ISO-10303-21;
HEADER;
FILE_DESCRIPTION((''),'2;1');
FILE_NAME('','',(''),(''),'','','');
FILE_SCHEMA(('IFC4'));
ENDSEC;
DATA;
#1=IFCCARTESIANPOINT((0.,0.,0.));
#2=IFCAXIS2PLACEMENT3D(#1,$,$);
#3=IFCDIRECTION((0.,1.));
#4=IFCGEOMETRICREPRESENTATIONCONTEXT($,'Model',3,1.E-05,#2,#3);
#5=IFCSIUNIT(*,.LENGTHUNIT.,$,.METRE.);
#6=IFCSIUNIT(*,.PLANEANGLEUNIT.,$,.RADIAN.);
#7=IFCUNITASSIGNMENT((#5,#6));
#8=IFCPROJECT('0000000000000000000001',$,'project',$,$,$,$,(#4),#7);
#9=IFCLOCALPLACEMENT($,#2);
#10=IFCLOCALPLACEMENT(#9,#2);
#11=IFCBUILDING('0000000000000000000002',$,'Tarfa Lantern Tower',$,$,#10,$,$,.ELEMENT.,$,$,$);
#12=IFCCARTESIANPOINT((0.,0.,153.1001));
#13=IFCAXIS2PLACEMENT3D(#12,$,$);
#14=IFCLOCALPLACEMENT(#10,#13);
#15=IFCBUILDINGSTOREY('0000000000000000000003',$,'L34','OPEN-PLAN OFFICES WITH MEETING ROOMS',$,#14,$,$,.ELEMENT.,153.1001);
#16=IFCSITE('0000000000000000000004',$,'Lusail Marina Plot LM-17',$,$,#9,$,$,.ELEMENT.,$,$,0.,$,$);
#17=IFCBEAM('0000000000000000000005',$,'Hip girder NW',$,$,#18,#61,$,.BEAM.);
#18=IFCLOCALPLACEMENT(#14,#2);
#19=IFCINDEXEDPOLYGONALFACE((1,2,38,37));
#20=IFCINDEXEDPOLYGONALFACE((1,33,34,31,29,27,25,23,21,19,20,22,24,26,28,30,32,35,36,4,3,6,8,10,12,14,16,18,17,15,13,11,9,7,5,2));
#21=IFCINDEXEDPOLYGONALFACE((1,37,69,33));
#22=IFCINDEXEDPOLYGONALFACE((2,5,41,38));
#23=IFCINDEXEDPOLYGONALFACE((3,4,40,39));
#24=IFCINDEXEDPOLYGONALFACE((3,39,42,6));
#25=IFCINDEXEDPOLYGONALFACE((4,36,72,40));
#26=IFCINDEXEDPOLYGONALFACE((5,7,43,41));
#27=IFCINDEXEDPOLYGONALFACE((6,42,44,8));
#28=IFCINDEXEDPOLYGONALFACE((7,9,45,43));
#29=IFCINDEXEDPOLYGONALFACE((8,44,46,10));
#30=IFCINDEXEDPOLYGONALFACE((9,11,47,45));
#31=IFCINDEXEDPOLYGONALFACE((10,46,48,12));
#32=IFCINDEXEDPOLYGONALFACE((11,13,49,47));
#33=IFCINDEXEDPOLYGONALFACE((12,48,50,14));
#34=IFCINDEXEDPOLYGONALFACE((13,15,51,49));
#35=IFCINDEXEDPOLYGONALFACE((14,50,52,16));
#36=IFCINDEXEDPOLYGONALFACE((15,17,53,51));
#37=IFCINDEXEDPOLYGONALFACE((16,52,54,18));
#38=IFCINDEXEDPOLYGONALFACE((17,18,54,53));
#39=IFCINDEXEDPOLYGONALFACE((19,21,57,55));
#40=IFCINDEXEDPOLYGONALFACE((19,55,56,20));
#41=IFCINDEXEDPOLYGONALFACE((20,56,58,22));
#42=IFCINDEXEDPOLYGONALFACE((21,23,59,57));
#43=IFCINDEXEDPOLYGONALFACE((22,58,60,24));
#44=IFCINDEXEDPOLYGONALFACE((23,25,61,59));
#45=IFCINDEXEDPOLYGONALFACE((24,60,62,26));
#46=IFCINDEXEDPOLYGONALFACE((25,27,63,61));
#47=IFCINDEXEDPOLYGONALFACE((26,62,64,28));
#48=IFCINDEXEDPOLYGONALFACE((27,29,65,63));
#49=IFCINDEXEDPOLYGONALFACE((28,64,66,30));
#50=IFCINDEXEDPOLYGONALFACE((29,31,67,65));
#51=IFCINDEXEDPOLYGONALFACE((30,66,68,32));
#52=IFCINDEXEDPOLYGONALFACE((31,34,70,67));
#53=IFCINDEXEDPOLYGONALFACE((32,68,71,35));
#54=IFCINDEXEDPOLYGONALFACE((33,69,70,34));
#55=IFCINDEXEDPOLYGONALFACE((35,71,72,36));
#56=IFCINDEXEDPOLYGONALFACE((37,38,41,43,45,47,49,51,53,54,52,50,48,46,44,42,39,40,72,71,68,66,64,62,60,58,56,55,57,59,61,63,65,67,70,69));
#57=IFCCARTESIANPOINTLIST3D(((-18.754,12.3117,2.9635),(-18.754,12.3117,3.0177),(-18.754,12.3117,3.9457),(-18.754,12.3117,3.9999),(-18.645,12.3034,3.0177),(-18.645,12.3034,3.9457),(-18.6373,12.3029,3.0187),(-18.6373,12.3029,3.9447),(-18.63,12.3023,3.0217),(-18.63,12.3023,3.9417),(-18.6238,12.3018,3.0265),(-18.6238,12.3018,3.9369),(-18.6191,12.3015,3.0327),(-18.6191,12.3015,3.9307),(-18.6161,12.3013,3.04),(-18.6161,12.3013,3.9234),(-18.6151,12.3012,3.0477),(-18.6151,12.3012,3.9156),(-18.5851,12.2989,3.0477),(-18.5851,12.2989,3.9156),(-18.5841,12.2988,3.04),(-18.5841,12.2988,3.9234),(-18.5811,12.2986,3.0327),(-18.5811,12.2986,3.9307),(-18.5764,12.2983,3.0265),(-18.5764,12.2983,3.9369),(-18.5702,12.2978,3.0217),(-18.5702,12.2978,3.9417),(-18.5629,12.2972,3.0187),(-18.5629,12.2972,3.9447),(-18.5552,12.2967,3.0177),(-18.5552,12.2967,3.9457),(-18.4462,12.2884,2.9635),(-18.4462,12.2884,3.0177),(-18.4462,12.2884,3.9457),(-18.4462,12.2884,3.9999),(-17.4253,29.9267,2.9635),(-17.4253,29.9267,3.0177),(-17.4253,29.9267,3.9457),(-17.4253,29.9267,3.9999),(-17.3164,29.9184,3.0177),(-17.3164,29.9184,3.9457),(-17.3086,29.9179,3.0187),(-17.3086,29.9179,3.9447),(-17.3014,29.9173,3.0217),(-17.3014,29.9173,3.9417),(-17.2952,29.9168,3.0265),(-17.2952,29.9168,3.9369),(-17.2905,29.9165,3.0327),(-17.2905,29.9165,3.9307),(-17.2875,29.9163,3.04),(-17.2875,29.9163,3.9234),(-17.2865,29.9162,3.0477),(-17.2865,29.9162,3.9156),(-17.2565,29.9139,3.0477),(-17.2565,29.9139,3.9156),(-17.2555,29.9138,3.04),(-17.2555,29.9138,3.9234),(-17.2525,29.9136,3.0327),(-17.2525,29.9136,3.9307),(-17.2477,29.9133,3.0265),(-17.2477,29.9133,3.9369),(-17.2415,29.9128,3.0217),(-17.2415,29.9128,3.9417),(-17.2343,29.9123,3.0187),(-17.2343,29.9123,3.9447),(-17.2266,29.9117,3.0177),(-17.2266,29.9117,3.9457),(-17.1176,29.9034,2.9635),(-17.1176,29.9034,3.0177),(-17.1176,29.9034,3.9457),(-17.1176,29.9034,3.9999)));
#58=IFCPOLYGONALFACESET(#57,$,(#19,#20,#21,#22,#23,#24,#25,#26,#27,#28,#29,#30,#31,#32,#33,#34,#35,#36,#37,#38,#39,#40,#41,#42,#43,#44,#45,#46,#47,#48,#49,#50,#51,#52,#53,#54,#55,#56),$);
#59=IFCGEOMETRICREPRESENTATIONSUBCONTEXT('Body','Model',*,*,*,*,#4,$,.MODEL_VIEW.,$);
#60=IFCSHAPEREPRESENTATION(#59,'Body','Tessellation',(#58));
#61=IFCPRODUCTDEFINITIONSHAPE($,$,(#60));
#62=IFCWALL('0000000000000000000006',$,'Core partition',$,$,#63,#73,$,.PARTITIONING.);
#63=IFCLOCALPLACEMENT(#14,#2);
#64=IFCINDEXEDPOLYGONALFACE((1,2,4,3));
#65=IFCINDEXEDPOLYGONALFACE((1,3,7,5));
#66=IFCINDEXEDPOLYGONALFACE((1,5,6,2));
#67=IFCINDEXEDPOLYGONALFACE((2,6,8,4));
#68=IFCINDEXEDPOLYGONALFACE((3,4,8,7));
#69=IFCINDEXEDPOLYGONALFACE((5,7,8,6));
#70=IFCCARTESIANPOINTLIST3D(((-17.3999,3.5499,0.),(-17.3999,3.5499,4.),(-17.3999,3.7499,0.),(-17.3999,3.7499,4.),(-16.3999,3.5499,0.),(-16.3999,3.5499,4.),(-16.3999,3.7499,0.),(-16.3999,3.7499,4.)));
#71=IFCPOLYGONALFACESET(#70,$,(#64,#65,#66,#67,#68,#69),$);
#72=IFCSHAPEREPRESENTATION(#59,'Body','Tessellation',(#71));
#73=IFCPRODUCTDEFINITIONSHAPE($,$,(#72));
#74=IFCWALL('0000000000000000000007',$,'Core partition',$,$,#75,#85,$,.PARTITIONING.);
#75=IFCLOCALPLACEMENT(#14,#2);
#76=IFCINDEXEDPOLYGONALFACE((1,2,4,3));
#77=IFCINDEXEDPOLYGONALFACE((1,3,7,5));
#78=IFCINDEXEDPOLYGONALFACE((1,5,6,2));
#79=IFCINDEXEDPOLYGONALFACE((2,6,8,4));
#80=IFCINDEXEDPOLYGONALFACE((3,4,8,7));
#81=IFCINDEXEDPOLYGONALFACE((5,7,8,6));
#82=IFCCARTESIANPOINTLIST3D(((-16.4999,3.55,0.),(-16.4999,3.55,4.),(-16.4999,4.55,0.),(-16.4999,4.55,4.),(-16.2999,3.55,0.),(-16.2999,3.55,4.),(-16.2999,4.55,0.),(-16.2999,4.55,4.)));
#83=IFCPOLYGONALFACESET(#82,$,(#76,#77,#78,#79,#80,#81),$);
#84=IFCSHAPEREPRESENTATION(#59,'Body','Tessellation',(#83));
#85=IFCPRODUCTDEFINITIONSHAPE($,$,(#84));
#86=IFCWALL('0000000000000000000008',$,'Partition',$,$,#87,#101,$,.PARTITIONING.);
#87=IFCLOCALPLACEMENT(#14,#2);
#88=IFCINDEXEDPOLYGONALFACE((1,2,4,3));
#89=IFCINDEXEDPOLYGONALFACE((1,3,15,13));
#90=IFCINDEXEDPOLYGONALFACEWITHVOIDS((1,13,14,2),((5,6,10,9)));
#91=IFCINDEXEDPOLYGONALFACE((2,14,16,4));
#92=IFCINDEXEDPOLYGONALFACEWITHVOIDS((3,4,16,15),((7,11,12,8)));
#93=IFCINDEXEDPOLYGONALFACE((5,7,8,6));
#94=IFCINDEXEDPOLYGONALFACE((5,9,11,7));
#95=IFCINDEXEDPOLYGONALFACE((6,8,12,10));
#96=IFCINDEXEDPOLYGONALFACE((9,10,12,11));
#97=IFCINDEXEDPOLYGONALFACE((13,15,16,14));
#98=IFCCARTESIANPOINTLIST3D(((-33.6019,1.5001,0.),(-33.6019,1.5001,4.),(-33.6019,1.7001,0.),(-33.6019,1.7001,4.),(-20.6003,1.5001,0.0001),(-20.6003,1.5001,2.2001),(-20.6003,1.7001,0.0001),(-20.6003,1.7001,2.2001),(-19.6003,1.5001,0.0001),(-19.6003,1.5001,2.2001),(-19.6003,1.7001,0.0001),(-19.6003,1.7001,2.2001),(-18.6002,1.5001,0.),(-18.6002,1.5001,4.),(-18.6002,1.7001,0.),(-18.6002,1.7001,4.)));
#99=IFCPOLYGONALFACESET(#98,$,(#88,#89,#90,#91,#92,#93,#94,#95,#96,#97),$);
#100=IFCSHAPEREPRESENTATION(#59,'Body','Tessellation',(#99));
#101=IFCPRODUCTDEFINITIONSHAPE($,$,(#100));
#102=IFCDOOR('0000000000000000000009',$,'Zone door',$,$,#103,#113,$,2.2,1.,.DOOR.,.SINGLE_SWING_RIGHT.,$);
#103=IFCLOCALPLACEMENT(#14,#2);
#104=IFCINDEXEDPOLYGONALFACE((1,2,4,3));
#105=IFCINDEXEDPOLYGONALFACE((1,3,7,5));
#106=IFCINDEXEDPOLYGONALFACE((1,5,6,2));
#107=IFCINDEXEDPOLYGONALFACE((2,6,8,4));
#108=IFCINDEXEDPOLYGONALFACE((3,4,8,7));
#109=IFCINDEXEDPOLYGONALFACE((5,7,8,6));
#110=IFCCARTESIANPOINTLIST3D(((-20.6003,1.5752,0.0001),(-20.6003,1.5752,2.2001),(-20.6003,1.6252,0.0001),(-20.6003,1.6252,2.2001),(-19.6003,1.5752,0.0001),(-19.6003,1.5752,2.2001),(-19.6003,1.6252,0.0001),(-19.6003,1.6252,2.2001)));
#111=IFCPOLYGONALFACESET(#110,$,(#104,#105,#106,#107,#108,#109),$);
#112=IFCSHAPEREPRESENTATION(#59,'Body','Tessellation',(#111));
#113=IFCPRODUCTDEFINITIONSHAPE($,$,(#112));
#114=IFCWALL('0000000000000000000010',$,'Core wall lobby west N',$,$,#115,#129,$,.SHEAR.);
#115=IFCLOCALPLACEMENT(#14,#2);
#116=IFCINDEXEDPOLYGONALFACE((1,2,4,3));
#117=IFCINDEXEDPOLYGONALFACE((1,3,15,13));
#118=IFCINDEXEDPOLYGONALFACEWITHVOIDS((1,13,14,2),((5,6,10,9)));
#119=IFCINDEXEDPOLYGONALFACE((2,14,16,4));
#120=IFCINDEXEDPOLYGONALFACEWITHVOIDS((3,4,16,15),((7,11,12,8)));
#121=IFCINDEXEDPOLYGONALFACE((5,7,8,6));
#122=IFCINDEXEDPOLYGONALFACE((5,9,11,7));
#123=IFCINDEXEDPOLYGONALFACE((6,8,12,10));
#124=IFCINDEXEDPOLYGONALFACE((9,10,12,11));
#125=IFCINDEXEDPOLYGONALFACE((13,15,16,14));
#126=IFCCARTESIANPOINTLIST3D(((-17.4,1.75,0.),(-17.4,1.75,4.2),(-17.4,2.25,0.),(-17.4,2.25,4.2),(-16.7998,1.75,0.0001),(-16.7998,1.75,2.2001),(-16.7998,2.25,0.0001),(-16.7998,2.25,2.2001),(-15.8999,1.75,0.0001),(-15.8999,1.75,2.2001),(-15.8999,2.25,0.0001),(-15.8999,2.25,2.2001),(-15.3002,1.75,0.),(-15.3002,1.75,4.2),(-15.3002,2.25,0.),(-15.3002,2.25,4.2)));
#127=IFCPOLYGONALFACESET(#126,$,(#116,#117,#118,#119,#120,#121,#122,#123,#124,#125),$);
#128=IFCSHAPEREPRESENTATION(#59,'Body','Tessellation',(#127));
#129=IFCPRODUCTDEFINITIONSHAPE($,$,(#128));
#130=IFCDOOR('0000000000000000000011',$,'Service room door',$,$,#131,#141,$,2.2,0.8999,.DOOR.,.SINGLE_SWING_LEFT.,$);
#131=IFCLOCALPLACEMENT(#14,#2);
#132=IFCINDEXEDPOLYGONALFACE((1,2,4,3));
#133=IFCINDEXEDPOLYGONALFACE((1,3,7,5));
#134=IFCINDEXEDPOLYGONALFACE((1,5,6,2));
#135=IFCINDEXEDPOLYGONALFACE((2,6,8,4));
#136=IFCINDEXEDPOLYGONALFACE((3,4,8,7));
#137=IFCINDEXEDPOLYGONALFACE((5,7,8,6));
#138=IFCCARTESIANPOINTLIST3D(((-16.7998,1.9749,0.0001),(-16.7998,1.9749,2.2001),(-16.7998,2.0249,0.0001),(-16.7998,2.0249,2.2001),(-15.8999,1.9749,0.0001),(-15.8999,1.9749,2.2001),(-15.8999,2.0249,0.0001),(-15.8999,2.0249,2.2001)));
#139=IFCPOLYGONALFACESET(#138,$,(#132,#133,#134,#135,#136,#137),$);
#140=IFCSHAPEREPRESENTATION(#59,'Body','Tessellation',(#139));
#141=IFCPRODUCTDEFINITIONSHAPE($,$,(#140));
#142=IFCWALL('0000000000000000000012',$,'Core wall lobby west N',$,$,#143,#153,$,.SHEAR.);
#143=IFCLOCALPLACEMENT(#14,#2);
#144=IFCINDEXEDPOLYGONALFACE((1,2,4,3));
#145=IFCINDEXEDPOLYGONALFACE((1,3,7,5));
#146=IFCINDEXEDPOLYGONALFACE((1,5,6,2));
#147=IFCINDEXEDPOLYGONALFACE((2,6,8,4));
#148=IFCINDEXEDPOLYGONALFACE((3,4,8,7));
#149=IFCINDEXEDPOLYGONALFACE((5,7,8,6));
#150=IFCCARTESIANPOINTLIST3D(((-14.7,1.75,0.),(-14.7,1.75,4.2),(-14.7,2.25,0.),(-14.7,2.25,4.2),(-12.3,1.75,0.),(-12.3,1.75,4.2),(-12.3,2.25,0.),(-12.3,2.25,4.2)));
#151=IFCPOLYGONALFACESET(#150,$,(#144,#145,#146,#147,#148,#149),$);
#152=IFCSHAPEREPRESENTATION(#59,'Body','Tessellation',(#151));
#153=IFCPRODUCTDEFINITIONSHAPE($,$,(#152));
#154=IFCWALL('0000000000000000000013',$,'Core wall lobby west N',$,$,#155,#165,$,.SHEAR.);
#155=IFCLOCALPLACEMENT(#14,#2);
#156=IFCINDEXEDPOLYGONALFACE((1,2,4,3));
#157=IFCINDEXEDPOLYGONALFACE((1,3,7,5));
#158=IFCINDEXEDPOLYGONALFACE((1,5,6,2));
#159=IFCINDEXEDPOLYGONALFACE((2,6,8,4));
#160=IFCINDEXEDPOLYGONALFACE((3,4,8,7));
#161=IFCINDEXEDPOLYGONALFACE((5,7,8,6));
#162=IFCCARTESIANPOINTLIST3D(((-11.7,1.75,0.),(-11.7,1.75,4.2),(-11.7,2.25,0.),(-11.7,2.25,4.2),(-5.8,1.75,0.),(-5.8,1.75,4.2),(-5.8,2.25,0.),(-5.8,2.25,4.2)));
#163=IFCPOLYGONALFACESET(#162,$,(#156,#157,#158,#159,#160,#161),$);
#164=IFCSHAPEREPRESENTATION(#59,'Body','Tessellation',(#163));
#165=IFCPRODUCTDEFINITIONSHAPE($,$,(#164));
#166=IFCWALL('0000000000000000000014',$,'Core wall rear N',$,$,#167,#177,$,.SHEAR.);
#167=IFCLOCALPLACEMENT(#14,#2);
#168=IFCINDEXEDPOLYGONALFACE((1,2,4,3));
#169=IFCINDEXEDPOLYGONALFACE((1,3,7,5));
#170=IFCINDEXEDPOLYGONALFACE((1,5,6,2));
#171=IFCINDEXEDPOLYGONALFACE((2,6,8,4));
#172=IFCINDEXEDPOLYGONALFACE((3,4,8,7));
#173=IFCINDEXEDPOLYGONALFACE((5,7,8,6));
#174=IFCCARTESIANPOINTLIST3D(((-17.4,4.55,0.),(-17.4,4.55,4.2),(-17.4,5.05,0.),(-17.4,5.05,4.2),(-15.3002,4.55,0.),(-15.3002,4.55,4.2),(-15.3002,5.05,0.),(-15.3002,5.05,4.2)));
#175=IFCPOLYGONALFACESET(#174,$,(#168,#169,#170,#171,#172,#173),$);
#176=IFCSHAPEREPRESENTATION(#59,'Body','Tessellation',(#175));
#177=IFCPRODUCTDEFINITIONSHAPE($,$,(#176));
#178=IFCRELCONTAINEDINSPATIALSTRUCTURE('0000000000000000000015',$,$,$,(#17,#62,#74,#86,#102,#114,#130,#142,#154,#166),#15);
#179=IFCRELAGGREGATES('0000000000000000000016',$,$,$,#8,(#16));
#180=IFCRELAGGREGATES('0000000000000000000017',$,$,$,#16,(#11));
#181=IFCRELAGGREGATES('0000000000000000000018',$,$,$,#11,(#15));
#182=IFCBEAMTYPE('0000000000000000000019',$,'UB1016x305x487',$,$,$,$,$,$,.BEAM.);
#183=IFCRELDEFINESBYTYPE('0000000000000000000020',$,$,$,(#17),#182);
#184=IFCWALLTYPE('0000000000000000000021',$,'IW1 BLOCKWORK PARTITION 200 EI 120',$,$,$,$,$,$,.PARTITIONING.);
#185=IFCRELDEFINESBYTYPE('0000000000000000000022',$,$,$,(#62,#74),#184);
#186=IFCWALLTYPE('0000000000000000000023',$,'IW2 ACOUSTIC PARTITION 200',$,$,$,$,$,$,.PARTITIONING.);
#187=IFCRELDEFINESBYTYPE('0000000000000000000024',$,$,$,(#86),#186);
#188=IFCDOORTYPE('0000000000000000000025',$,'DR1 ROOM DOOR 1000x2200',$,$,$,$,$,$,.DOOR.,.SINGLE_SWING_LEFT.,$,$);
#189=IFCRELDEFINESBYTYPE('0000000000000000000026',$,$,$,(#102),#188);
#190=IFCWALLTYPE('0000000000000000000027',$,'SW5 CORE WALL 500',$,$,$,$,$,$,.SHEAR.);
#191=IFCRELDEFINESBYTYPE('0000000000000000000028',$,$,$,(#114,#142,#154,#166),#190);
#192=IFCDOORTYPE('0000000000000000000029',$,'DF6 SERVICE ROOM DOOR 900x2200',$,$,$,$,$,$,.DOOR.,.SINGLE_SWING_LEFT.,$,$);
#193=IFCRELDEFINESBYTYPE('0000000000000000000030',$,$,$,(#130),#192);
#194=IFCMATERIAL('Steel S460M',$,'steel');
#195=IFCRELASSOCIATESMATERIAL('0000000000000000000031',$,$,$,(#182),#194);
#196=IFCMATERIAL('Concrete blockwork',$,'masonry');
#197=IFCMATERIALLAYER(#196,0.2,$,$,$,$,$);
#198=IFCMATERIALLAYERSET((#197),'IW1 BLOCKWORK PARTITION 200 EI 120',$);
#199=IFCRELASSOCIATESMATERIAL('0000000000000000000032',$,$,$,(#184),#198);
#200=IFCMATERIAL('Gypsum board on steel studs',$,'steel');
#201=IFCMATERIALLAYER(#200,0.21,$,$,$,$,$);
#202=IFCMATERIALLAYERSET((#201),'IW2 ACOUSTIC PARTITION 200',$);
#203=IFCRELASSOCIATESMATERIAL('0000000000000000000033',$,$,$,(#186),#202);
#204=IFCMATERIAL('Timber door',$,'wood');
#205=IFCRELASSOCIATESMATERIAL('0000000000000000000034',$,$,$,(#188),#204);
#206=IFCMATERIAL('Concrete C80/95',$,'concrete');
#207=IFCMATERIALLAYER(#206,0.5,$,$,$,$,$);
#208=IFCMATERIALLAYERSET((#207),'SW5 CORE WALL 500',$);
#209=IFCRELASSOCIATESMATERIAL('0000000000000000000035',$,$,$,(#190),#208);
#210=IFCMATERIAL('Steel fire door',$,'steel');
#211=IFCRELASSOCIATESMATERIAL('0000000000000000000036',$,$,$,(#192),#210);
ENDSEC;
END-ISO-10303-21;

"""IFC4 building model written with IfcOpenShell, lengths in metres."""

from ifc_helpers import new_model, si_unit, direction, frame, frame_2d, origin, origin_2d, place, context, subcontext, project, spatial, rectangle, i_section, extrude, material, layer, layer_set, material_profile, profile_set, type_object, element, fill, save


model = new_model("IFC4")

# Units and contexts
model_context = context("Model", 3, precision=1e-05, world=origin(), true_north=direction((0.0, 1.0)))
body_context = subcontext(model_context, "Body", "Model", "MODEL_VIEW")
ifc_project = project(units=[si_unit("LENGTHUNIT", "METRE"), si_unit("PLANEANGLEUNIT", "RADIAN")], contexts=[model_context])

# Site, building, storey
site_placement = place(None, origin())
site = spatial("IfcSite", under=ifc_project, at=site_placement, Name="Lusail Marina Plot LM-17", CompositionType="ELEMENT", RefElevation=0.0)
building_placement = place(site_placement, origin())
building = spatial("IfcBuilding", under=site, at=building_placement, Name="Tarfa Lantern Tower", CompositionType="ELEMENT")
storey_placement = place(building_placement, frame((0.0, 0.0, 153.1001)))
storey = spatial("IfcBuildingStorey", under=building, at=storey_placement, Name="L34", Description="OPEN-PLAN OFFICES WITH MEETING ROOMS", CompositionType="ELEMENT", Elevation=153.1001)

# Beam
ifc_material_1 = material(Name="Steel S460M", Category="steel")
ifc_material_profile = material_profile(ifc_material_1, i_section(OverallWidth=0.3086, OverallDepth=1.0364, WebThickness=0.03, FlangeThickness=0.0542, FilletRadius=0.03, at=origin_2d()), Name="UB1016x305x487")
ifc_profile_set = profile_set([ifc_material_profile], Name="Steel S460M")
beam_type = type_object("IfcBeamType", Name="UB1016x305x487", PredefinedType="BEAM", material=ifc_profile_set)
beam_placement = place(storey_placement, frame((-18.6001, 12.3, 3.4817), z_axis=(0.075212, 0.997168, 0.0), x_axis=(-0.997168, 0.075212, 0.0)))
element("IfcBeam", 1, at=beam_placement, inside=storey, type_object=beam_type, Name="Hip girder NW", PredefinedType="BEAM", context=body_context, shape_type="SweptSolid", body=[
    extrude(i_section(OverallWidth=0.3086, OverallDepth=1.0364, WebThickness=0.03, FlangeThickness=0.0542, FilletRadius=0.03, at=origin_2d()), origin(), (0.0, 0.0, 1.0), 17.665),
])

# Walls
ifc_material_2 = material(Name="Concrete blockwork", Category="masonry")
ifc_layer_1 = layer(ifc_material_2, 0.2)
ifc_layer_set_1 = layer_set([ifc_layer_1], Name="IW1 BLOCKWORK PARTITION 200 EI 120")
wall_type_1 = type_object("IfcWallType", Name="IW1 BLOCKWORK PARTITION 200 EI 120", PredefinedType="PARTITIONING", material=ifc_layer_set_1)
for number, where, z_axis, x_axis, name in (
    (2, (-17.3999, 3.6499, 0.0), (0.0, 0.0, 1.0), (1.0, 0.0, 0.0), "Core partition"),
    (3, (-16.3999, 3.55, 0.0), (0.0, 0.0, 1.0), (0.0, 1.0, 0.0), "Core partition"),
):
    element("IfcWall", number, at=place(storey_placement, frame(where, z_axis=z_axis, x_axis=x_axis)), inside=storey, type_object=wall_type_1, Name=name, PredefinedType="PARTITIONING", context=body_context, shape_type="SweptSolid", body=[
        extrude(rectangle(XDim=1.0, YDim=0.2, at=frame_2d((0.5, 0.0))), origin(), (0.0, 0.0, 1.0), 4.0),
    ])

# Walls, openings, doors
ifc_material_3 = material(Name="Gypsum board on steel studs", Category="steel")
ifc_layer_2 = layer(ifc_material_3, 0.21)
ifc_layer_set_2 = layer_set([ifc_layer_2], Name="IW2 ACOUSTIC PARTITION 200")
wall_type_2 = type_object("IfcWallType", Name="IW2 ACOUSTIC PARTITION 200", PredefinedType="PARTITIONING", material=ifc_layer_set_2)
wall_1_placement = place(storey_placement, frame((-18.6001, 1.6001, 0.0), z_axis=(0.0, 0.0, 1.0), x_axis=(-1.0, 0.0, 0.0)))
wall_1 = element("IfcWall", 4, at=wall_1_placement, inside=storey, type_object=wall_type_2, Name="Partition", PredefinedType="PARTITIONING", context=body_context, shape_type="SweptSolid", body=[
    extrude(rectangle(XDim=15.0017, YDim=0.2, at=frame_2d((7.501, 0.0))), origin(), (0.0, 0.0, 1.0), 4.0),
])
opening_1_placement = place(wall_1_placement, frame((1.0002, 0.0, 0.0)))
opening_1 = element("IfcOpeningElement", 5, at=opening_1_placement, cuts=wall_1, PredefinedType="OPENING", context=body_context, shape_type="SweptSolid", body=[
    extrude(rectangle(XDim=1.0, YDim=2.2, at=frame_2d((0.5, 1.1001))), frame((0.0, 0.1099, 0.0), z_axis=(0.0, -1.0, 0.0), x_axis=(1.0, 0.0, 0.0)), (0.0, 0.0, 1.0), 0.22),
])
ifc_material_4 = material(Name="Timber door", Category="wood")
door_type_1 = type_object("IfcDoorType", Name="DR1 ROOM DOOR 1000x2200", OperationType="SINGLE_SWING_LEFT", PredefinedType="DOOR", material=ifc_material_4)
door_1_placement = place(opening_1_placement, origin())
door_1 = element("IfcDoor", 6, at=door_1_placement, inside=storey, type_object=door_type_1, Name="Zone door", OperationType="SINGLE_SWING_RIGHT", OverallHeight=2.2, OverallWidth=1.0, PredefinedType="DOOR", context=body_context, shape_type="SweptSolid", body=[
    extrude(rectangle(XDim=1.0, YDim=2.2, at=frame_2d((0.5, 1.1001))), frame((0.0, 0.0249, 0.0), z_axis=(0.0, -1.0, 0.0), x_axis=(1.0, 0.0, 0.0)), (0.0, 0.0, 1.0), 0.05),
])
fill(opening_1, door_1)
ifc_material_5 = material(Name="Concrete C80/95", Category="concrete")
ifc_material_6 = material(Name="Steel fire door", Category="steel")
ifc_layer_3 = layer(ifc_material_5, 0.5)
ifc_layer_set_3 = layer_set([ifc_layer_3], Name="SW5 CORE WALL 500")
wall_type_3 = type_object("IfcWallType", Name="SW5 CORE WALL 500", PredefinedType="SHEAR", material=ifc_layer_set_3)
wall_2_placement = place(storey_placement, frame((-17.3999, 2.0, 0.0), z_axis=(0.0, 0.0, 1.0), x_axis=(1.0, 0.0, 0.0)))
wall_2 = element("IfcWall", 7, at=wall_2_placement, inside=storey, type_object=wall_type_3, Name="Core wall lobby west N", PredefinedType="SHEAR", context=body_context, shape_type="SweptSolid", body=[
    extrude(rectangle(XDim=2.0999, YDim=0.5, at=frame_2d((1.0498, 0.0))), origin(), (0.0, 0.0, 1.0), 4.2),
])
opening_2_placement = place(wall_2_placement, frame((0.6001, 0.0, 0.0)))
opening_2 = element("IfcOpeningElement", 8, at=opening_2_placement, cuts=wall_2, PredefinedType="OPENING", context=body_context, shape_type="SweptSolid", body=[
    extrude(rectangle(XDim=0.8999, YDim=2.2, at=frame_2d((0.45, 1.1001))), frame((0.0, 0.26, 0.0), z_axis=(0.0, -1.0, 0.0), x_axis=(1.0, 0.0, 0.0)), (0.0, 0.0, 1.0), 0.52),
])
door_type_2 = type_object("IfcDoorType", Name="DF6 SERVICE ROOM DOOR 900x2200", OperationType="SINGLE_SWING_LEFT", PredefinedType="DOOR", material=ifc_material_6)
door_2_placement = place(opening_2_placement, origin())
door_2 = element("IfcDoor", 9, at=door_2_placement, inside=storey, type_object=door_type_2, Name="Service room door", OperationType="SINGLE_SWING_LEFT", OverallHeight=2.2, OverallWidth=0.8999, PredefinedType="DOOR", context=body_context, shape_type="SweptSolid", body=[
    extrude(rectangle(XDim=0.8999, YDim=2.2, at=frame_2d((0.45, 1.1001))), frame((0.0, 0.0249, 0.0), z_axis=(0.0, -1.0, 0.0), x_axis=(1.0, 0.0, 0.0)), (0.0, 0.0, 1.0), 0.05),
])
fill(opening_2, door_2)

# Walls
wall_3_placement = place(storey_placement, frame((-14.7, 2.0, 0.0), z_axis=(0.0, 0.0, 1.0), x_axis=(1.0, 0.0, 0.0)))
element("IfcWall", 10, at=wall_3_placement, inside=storey, type_object=wall_type_3, Name="Core wall lobby west N", PredefinedType="SHEAR", context=body_context, shape_type="SweptSolid", body=[
    extrude(rectangle(XDim=2.3999, YDim=0.5, at=frame_2d((1.2, 0.0))), origin(), (0.0, 0.0, 1.0), 4.2),
])
wall_4_placement = place(storey_placement, frame((-11.7, 2.0, 0.0), z_axis=(0.0, 0.0, 1.0), x_axis=(1.0, 0.0, 0.0)))
element("IfcWall", 11, at=wall_4_placement, inside=storey, type_object=wall_type_3, Name="Core wall lobby west N", PredefinedType="SHEAR", context=body_context, shape_type="SweptSolid", body=[
    extrude(rectangle(XDim=5.8999, YDim=0.5, at=frame_2d((2.95, 0.0))), origin(), (0.0, 0.0, 1.0), 4.2),
])
wall_5_placement = place(storey_placement, frame((-17.3999, 4.8, 0.0), z_axis=(0.0, 0.0, 1.0), x_axis=(1.0, 0.0, 0.0)))
element("IfcWall", 12, at=wall_5_placement, inside=storey, type_object=wall_type_3, Name="Core wall rear N", PredefinedType="SHEAR", context=body_context, shape_type="SweptSolid", body=[
    extrude(rectangle(XDim=2.0999, YDim=0.5, at=frame_2d((1.0498, 0.0))), origin(), (0.0, 0.0, 1.0), 4.2),
])

save(model, "model.ifc")
